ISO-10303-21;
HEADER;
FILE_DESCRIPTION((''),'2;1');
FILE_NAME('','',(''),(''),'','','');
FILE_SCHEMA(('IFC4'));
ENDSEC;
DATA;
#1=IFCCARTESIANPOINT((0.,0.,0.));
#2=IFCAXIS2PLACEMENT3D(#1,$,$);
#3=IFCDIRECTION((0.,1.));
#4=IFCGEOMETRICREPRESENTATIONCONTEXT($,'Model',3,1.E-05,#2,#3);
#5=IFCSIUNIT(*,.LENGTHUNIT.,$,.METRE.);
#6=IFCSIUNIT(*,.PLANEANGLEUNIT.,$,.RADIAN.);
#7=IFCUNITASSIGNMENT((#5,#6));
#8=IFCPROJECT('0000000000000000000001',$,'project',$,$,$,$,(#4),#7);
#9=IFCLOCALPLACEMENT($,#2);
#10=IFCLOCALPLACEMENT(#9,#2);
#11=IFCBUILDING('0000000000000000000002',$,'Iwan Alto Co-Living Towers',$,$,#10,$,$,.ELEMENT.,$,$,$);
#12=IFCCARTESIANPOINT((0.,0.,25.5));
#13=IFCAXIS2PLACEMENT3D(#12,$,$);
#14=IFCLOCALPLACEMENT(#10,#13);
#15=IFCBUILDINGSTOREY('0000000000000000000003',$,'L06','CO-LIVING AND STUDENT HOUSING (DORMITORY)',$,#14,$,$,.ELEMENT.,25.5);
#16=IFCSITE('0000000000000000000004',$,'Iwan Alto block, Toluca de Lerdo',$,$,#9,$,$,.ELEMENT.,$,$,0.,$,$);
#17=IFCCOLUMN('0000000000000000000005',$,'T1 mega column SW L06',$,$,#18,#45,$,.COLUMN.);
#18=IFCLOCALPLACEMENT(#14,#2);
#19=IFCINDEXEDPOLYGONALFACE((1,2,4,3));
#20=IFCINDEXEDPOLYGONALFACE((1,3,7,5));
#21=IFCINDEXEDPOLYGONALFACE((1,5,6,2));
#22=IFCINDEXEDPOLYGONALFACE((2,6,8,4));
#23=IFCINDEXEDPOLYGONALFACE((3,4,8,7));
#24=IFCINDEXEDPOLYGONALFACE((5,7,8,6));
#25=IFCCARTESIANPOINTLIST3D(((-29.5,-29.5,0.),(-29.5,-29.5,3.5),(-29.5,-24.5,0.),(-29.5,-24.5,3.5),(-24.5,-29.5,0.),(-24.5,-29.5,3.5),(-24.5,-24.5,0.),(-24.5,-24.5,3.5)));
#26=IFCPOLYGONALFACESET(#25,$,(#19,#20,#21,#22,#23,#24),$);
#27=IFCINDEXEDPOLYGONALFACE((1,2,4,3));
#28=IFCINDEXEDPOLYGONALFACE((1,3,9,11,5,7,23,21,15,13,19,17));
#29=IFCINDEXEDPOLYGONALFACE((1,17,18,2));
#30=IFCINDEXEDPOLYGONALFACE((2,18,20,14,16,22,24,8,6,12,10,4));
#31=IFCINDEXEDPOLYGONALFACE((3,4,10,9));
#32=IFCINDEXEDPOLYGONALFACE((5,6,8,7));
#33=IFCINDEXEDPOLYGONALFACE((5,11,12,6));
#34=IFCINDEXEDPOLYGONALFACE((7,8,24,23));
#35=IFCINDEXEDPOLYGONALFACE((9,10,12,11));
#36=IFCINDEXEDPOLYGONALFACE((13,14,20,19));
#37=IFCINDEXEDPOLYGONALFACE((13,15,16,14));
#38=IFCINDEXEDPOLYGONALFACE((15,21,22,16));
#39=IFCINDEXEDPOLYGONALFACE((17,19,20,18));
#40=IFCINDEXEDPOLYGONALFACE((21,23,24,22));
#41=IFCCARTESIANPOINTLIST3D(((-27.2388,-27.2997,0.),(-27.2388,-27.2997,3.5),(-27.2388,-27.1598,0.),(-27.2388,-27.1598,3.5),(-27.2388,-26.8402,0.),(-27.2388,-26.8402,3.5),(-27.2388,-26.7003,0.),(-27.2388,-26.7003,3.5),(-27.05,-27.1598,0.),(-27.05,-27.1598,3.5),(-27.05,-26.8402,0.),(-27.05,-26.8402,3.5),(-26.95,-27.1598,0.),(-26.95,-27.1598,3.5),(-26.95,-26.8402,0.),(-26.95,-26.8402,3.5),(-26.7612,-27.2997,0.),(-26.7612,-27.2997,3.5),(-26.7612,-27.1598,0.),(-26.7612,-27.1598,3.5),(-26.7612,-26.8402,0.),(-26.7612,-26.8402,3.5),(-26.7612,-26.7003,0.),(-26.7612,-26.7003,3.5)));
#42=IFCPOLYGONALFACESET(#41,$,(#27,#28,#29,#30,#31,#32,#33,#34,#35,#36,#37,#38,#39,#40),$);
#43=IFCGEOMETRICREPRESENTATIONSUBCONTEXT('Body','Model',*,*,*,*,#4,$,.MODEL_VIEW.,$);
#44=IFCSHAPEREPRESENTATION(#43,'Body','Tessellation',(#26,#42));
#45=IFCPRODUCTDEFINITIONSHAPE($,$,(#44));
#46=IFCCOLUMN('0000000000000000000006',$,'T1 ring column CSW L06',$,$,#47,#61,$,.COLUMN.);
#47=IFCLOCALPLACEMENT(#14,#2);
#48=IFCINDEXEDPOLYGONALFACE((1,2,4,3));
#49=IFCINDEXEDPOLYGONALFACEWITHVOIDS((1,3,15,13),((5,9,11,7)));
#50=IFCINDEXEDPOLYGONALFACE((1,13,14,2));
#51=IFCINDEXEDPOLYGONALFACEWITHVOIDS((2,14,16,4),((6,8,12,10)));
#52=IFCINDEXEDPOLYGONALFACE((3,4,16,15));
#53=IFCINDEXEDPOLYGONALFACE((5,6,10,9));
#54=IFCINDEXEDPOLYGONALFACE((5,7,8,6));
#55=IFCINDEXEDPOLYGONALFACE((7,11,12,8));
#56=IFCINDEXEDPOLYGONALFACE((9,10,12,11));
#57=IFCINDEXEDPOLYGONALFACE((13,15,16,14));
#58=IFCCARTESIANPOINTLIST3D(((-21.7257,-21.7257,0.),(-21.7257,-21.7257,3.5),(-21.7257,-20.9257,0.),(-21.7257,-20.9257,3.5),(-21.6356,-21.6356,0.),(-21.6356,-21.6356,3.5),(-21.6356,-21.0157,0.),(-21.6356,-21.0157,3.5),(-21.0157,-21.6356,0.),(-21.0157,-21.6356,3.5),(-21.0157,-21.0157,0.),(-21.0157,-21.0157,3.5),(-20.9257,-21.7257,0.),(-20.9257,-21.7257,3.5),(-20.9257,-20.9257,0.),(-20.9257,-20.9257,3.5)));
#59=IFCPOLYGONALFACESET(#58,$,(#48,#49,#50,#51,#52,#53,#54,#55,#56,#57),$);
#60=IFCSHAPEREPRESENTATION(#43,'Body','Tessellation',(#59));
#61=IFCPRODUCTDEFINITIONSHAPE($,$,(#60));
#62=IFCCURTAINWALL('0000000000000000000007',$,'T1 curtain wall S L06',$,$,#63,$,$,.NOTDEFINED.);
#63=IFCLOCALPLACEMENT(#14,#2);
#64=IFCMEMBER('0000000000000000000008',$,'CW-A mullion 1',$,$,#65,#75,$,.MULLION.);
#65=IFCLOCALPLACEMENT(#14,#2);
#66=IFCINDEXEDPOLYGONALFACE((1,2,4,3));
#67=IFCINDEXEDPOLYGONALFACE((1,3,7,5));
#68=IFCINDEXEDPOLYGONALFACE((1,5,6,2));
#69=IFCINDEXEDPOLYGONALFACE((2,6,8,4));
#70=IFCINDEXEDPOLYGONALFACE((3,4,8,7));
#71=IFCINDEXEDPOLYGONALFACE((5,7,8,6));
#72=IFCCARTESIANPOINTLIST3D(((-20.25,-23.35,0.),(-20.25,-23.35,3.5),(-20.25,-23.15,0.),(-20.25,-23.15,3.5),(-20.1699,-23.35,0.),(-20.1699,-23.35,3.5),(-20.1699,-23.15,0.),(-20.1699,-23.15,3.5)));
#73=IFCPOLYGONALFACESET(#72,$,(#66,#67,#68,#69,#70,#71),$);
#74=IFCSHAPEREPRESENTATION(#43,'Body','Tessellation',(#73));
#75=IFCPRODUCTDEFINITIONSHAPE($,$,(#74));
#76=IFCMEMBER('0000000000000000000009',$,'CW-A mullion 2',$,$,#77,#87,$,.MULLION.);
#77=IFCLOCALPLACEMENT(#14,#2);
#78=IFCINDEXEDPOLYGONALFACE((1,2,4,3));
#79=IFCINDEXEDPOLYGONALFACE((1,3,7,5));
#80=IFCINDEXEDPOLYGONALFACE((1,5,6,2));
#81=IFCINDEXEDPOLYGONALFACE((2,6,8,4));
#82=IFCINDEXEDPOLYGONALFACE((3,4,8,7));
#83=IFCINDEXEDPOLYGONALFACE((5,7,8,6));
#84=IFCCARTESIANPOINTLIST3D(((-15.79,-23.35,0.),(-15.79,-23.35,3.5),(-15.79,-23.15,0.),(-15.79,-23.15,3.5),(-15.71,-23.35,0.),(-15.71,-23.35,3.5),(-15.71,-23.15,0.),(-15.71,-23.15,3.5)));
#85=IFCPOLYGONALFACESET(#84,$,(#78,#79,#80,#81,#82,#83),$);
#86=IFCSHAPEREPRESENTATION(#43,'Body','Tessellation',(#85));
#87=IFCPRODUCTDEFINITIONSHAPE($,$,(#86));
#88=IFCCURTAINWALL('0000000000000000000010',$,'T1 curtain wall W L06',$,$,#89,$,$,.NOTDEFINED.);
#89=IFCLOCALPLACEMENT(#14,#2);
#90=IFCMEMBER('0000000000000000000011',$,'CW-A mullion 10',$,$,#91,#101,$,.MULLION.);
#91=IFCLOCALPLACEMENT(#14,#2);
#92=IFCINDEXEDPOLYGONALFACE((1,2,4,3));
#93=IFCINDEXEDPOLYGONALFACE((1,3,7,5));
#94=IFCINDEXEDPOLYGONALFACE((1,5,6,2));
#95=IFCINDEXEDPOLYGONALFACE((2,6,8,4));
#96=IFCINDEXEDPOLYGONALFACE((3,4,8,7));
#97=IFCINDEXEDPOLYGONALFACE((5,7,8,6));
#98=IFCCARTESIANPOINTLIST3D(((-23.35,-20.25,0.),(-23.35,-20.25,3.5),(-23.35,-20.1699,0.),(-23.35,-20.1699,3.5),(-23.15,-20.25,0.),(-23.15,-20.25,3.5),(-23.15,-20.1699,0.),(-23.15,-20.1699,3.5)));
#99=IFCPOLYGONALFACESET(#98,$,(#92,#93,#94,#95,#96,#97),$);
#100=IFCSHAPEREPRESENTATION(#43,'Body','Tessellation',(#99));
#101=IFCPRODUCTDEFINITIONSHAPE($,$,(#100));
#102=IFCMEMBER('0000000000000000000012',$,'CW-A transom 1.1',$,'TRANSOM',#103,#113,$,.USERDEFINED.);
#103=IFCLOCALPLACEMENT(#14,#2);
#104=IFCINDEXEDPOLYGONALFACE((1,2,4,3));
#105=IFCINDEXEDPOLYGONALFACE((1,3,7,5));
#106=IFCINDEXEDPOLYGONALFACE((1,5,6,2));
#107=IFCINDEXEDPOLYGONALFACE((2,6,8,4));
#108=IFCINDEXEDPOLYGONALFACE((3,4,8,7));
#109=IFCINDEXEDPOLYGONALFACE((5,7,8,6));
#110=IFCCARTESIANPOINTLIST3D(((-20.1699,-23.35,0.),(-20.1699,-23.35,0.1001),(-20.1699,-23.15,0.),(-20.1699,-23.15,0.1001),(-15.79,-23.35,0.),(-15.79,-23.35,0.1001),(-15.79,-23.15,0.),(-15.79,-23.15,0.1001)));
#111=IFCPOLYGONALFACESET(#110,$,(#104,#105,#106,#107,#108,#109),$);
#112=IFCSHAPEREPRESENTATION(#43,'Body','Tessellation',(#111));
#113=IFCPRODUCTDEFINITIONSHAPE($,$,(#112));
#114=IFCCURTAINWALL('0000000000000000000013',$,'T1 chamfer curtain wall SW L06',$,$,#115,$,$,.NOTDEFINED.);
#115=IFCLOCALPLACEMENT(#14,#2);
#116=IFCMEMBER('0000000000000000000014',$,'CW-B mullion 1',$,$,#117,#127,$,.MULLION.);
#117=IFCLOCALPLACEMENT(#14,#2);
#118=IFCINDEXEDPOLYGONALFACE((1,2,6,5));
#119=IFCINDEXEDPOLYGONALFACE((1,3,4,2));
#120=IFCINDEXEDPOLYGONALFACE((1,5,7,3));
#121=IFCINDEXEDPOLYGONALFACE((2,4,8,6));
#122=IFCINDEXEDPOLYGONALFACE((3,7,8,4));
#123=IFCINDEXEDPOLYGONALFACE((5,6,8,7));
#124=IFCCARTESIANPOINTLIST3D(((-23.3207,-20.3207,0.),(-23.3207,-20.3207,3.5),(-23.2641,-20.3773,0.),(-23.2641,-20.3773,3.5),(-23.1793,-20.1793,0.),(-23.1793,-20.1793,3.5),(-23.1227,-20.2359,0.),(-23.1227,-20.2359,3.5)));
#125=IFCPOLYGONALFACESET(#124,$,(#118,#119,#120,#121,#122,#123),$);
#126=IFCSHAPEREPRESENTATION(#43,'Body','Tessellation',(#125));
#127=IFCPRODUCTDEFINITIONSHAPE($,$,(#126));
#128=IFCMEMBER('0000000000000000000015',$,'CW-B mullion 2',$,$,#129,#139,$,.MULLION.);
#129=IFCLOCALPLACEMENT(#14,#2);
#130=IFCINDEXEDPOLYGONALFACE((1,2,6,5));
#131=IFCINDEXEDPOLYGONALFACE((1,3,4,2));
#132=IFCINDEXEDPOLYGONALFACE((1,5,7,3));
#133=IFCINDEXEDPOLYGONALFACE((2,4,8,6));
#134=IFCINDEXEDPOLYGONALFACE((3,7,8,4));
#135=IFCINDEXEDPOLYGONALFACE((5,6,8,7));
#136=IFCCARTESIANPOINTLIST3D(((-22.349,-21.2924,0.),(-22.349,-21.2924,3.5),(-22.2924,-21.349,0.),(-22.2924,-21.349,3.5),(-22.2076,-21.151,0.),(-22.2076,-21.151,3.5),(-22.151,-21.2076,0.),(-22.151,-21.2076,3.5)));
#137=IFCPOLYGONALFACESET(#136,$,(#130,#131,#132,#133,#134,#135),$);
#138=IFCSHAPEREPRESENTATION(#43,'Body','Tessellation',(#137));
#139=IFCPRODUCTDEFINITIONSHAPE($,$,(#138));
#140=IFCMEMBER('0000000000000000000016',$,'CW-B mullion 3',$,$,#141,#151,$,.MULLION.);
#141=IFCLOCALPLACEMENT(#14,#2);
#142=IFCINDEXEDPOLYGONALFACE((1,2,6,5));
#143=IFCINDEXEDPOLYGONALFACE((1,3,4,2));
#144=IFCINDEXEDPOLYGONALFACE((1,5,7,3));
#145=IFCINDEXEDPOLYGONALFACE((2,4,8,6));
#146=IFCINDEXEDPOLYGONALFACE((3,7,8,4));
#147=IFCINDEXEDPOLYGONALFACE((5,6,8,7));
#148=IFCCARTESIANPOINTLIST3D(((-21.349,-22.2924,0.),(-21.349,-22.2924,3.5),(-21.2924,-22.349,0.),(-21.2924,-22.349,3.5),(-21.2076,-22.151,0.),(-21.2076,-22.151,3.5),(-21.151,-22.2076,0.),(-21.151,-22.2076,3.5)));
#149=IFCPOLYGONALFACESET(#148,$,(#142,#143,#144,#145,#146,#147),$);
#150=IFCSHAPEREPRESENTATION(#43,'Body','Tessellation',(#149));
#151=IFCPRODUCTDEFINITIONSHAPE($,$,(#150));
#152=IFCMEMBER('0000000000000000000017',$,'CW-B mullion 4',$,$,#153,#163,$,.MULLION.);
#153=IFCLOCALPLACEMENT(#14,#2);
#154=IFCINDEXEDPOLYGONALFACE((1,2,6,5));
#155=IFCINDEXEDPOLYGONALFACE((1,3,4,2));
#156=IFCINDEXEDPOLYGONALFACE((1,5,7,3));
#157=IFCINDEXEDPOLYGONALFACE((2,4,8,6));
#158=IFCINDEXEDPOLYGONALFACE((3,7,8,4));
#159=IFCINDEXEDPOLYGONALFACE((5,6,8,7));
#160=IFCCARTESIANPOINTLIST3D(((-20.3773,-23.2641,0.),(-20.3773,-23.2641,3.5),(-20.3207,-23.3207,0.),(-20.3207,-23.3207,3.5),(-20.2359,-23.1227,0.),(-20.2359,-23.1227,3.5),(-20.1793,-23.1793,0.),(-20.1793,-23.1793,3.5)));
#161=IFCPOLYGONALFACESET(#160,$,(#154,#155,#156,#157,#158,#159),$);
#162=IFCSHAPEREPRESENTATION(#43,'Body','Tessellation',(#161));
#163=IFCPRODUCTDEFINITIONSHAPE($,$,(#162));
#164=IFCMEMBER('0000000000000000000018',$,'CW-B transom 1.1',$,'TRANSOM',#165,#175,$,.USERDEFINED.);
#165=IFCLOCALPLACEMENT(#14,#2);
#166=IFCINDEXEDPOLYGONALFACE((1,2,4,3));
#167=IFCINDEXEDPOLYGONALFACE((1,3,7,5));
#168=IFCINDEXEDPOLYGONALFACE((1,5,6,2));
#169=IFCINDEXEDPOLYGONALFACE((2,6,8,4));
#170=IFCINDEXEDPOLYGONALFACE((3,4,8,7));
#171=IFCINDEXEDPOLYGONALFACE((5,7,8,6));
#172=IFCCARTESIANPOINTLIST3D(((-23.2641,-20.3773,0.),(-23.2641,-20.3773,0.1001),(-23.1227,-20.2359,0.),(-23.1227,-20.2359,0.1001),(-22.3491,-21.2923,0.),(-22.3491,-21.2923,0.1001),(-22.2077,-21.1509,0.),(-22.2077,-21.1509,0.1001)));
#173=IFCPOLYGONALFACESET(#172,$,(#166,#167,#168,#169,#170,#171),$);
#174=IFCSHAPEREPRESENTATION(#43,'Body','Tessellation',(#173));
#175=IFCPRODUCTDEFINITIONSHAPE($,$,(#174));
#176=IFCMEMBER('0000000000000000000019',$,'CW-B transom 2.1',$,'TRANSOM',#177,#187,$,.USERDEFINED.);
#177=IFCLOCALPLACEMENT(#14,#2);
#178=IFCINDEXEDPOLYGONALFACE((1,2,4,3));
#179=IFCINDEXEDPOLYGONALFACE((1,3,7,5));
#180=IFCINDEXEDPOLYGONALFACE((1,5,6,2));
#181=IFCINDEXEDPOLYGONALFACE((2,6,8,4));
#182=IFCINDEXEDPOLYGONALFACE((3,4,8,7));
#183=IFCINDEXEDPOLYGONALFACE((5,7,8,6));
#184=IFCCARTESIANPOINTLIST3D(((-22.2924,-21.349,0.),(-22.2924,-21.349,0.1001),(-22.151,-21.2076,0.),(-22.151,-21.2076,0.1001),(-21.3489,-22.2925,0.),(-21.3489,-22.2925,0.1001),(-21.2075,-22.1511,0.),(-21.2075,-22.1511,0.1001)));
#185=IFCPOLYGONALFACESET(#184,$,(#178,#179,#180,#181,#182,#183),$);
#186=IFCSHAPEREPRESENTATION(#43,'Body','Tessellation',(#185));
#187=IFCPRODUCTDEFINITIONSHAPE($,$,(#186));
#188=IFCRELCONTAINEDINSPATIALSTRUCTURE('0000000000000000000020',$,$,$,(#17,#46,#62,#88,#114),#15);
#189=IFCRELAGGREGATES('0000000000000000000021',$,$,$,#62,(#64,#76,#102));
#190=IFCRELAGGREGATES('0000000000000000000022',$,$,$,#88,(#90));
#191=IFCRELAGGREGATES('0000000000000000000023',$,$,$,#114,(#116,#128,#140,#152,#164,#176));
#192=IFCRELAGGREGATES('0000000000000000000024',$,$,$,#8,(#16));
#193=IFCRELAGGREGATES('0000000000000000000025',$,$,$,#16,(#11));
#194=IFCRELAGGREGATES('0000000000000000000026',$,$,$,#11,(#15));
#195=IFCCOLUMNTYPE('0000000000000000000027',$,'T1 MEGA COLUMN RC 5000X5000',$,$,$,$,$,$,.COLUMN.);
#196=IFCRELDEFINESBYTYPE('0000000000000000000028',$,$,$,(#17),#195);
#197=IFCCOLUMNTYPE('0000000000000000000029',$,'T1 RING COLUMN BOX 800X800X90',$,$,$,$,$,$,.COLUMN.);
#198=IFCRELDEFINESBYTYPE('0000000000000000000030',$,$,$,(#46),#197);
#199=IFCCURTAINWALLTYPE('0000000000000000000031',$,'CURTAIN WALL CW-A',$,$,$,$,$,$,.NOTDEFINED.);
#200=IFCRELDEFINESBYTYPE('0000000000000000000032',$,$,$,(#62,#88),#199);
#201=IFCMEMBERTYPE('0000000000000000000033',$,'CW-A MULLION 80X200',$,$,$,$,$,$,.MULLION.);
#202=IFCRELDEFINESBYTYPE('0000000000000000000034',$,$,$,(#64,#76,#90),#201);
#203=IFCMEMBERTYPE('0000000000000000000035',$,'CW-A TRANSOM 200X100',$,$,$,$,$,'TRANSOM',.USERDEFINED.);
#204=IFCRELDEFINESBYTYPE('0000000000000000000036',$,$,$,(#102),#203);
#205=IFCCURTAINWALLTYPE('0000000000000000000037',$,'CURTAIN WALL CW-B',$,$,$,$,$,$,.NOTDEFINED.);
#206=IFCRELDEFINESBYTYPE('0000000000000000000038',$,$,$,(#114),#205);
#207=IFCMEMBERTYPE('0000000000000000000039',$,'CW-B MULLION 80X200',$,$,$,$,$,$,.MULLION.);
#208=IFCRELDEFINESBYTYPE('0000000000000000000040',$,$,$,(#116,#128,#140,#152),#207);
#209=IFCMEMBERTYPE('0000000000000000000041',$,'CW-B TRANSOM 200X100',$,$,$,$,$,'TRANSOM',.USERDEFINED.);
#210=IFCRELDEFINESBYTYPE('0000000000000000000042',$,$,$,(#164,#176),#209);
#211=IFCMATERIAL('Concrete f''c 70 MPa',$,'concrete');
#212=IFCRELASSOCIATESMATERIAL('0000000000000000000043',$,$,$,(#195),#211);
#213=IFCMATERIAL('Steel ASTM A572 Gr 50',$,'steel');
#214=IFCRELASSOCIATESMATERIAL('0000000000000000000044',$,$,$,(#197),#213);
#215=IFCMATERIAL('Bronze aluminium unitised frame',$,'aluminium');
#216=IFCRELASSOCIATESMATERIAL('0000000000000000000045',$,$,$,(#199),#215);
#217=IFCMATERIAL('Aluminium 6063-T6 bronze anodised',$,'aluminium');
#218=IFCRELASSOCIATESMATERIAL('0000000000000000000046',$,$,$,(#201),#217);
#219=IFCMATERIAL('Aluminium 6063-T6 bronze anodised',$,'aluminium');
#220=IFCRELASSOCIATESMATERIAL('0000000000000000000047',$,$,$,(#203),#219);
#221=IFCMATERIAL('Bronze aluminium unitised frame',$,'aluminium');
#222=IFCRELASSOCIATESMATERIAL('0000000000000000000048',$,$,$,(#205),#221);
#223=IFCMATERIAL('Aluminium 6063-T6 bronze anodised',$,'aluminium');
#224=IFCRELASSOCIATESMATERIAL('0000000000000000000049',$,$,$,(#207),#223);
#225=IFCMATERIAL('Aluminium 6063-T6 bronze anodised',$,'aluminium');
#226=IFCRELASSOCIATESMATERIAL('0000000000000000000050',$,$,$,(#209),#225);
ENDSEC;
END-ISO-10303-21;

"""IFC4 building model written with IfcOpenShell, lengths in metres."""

from ifc_helpers import new_model, si_unit, direction, frame, origin, origin_2d, place, context, subcontext, project, spatial, rectangle, hollow_rectangle, i_section, extrude, material, material_profile, profile_set, type_object, element, aggregate, save


model = new_model("IFC4")

# Units and contexts
model_context = context("Model", 3, precision=1e-05, world=origin(), true_north=direction((0.0, 1.0)))
body_context = subcontext(model_context, "Body", "Model", "MODEL_VIEW")
ifc_project = project(units=[si_unit("LENGTHUNIT", "METRE"), si_unit("PLANEANGLEUNIT", "RADIAN")], contexts=[model_context])

# Site, building, storey
site_placement = place(None, origin())
site = spatial("IfcSite", under=ifc_project, at=site_placement, Name="Iwan Alto block, Toluca de Lerdo", CompositionType="ELEMENT", RefElevation=0.0)
building_placement = place(site_placement, origin())
building = spatial("IfcBuilding", under=site, at=building_placement, Name="Iwan Alto Co-Living Towers", CompositionType="ELEMENT")
storey_placement = place(building_placement, frame((0.0, 0.0, 25.5)))
storey = spatial("IfcBuildingStorey", under=building, at=storey_placement, Name="L06", Description="CO-LIVING AND STUDENT HOUSING (DORMITORY)", CompositionType="ELEMENT", Elevation=25.5)

# Columns
ifc_material_1 = material(Name="Concrete f'c 70 MPa", Category="concrete")
ifc_material_profile_1 = material_profile(ifc_material_1, rectangle(XDim=5.0, YDim=5.0, at=origin_2d()), Name="RC 5000X5000")
ifc_profile_set_1 = profile_set([ifc_material_profile_1], Name="Concrete f'c 70 MPa")
column_type_1 = type_object("IfcColumnType", Name="T1 MEGA COLUMN RC 5000X5000", PredefinedType="COLUMN", material=ifc_profile_set_1)
column_1_placement = place(storey_placement, frame((-27.0, -27.0, 0.0), z_axis=(0.0, 0.0, 1.0), x_axis=(1.0, 0.0, 0.0)))
element("IfcColumn", 1, at=column_1_placement, inside=storey, type_object=column_type_1, Name="T1 mega column SW L06", PredefinedType="COLUMN", context=body_context, shape_type="SweptSolid", body=[
    extrude(rectangle(XDim=5.0, YDim=5.0, at=origin_2d()), origin(), (0.0, 0.0, 1.0), 3.5),
    extrude(i_section(OverallWidth=0.4775, OverallDepth=0.5994, WebThickness=0.1001, FlangeThickness=0.1399, at=origin_2d()), origin(), (0.0, 0.0, 1.0), 3.5),
])
ifc_material_2 = material(Name="Steel ASTM A572 Gr 50", Category="steel")
ifc_material_profile_2 = material_profile(ifc_material_2, hollow_rectangle(XDim=0.8, YDim=0.8, WallThickness=0.0901, at=origin_2d()), Name="BOX 800X800X90")
ifc_profile_set_2 = profile_set([ifc_material_profile_2], Name="Steel ASTM A572 Gr 50")
column_type_2 = type_object("IfcColumnType", Name="T1 RING COLUMN BOX 800X800X90", PredefinedType="COLUMN", material=ifc_profile_set_2)
column_2_placement = place(storey_placement, frame((-21.3257, -21.3257, 0.0), z_axis=(0.0, 0.0, 1.0), x_axis=(1.0, 0.0, 0.0)))
element("IfcColumn", 2, at=column_2_placement, inside=storey, type_object=column_type_2, Name="T1 ring column CSW L06", PredefinedType="COLUMN", context=body_context, shape_type="SweptSolid", body=[
    extrude(hollow_rectangle(XDim=0.8, YDim=0.8, WallThickness=0.0901, at=origin_2d()), origin(), (0.0, 0.0, 1.0), 3.5),
])

# Curtain wall, members
ifc_material_3 = material(Name="Bronze aluminium unitised frame", Category="aluminium")
curtain_wall_type_1 = type_object("IfcCurtainWallType", Name="CURTAIN WALL CW-A", PredefinedType="NOTDEFINED", material=ifc_material_3)
curtain_wall_1_placement = place(storey_placement, origin())
curtain_wall_1 = element("IfcCurtainWall", 3, at=curtain_wall_1_placement, inside=storey, type_object=curtain_wall_type_1, Name="T1 curtain wall S L06", PredefinedType="NOTDEFINED")
ifc_material_4 = material(Name="Aluminium 6063-T6 bronze anodised", Category="aluminium")
ifc_material_profile_3 = material_profile(ifc_material_4, rectangle(XDim=0.2, YDim=0.0801, at=origin_2d()), Name="AL 80X200")
ifc_profile_set_3 = profile_set([ifc_material_profile_3], Name="Aluminium 6063-T6 bronze anodised")
member_type_1 = type_object("IfcMemberType", Name="CW-A MULLION 80X200", PredefinedType="MULLION", material=ifc_profile_set_3)
member_1_placement = place(storey_placement, frame((-20.21, -23.25, 0.0), z_axis=(0.0, 0.0, 1.0), x_axis=(0.0, 1.0, 0.0)))
member_1 = element("IfcMember", 4, at=member_1_placement, type_object=member_type_1, Name="CW-A mullion 1", PredefinedType="MULLION", context=body_context, shape_type="SweptSolid", body=[
    extrude(rectangle(XDim=0.2, YDim=0.0801, at=origin_2d()), origin(), (0.0, 0.0, 1.0), 3.5),
])
member_2_placement = place(storey_placement, frame((-15.75, -23.25, 0.0), z_axis=(0.0, 0.0, 1.0), x_axis=(0.0, 1.0, 0.0)))
member_2 = element("IfcMember", 5, at=member_2_placement, type_object=member_type_1, Name="CW-A mullion 2", PredefinedType="MULLION", context=body_context, shape_type="SweptSolid", body=[
    extrude(rectangle(XDim=0.2, YDim=0.0801, at=origin_2d()), origin(), (0.0, 0.0, 1.0), 3.5),
])

# Curtain wall, member
curtain_wall_2_placement = place(storey_placement, origin())
curtain_wall_2 = element("IfcCurtainWall", 6, at=curtain_wall_2_placement, inside=storey, type_object=curtain_wall_type_1, Name="T1 curtain wall W L06", PredefinedType="NOTDEFINED")
member_3_placement = place(storey_placement, frame((-23.25, -20.21, 0.0), z_axis=(0.0, 0.0, 1.0), x_axis=(1.0, 0.0, 0.0)))
member_3 = element("IfcMember", 7, at=member_3_placement, type_object=member_type_1, Name="CW-A mullion 10", PredefinedType="MULLION", context=body_context, shape_type="SweptSolid", body=[
    extrude(rectangle(XDim=0.2, YDim=0.0801, at=origin_2d()), origin(), (0.0, 0.0, 1.0), 3.5),
])

# Member
ifc_material_5 = material(Name="Aluminium 6063-T6 bronze anodised", Category="aluminium")
ifc_material_profile_4 = material_profile(ifc_material_5, rectangle(XDim=0.2, YDim=0.1001, at=origin_2d()), Name="AL 200X100")
ifc_profile_set_4 = profile_set([ifc_material_profile_4], Name="Aluminium 6063-T6 bronze anodised")
member_type_2 = type_object("IfcMemberType", Name="CW-A TRANSOM 200X100", ElementType="TRANSOM", PredefinedType="USERDEFINED", material=ifc_profile_set_4)
member_4_placement = place(storey_placement, frame((-20.1699, -23.25, 0.05), z_axis=(1.0, 0.0, 0.0), x_axis=(0.0, 1.0, 0.0)))
member_4 = element("IfcMember", 8, at=member_4_placement, type_object=member_type_2, Name="CW-A transom 1.1", ObjectType="TRANSOM", PredefinedType="USERDEFINED", context=body_context, shape_type="SweptSolid", body=[
    extrude(rectangle(XDim=0.2, YDim=0.1001, at=origin_2d()), origin(), (0.0, 0.0, 1.0), 4.3799),
])

# Curtain wall, members
ifc_material_6 = material(Name="Bronze aluminium unitised frame", Category="aluminium")
curtain_wall_type_2 = type_object("IfcCurtainWallType", Name="CURTAIN WALL CW-B", PredefinedType="NOTDEFINED", material=ifc_material_6)
curtain_wall_3_placement = place(storey_placement, origin())
curtain_wall_3 = element("IfcCurtainWall", 9, at=curtain_wall_3_placement, inside=storey, type_object=curtain_wall_type_2, Name="T1 chamfer curtain wall SW L06", PredefinedType="NOTDEFINED")
ifc_material_7 = material(Name="Aluminium 6063-T6 bronze anodised", Category="aluminium")
ifc_material_profile_5 = material_profile(ifc_material_7, rectangle(XDim=0.2, YDim=0.0801, at=origin_2d()), Name="AL 80X200")
ifc_profile_set_5 = profile_set([ifc_material_profile_5], Name="Aluminium 6063-T6 bronze anodised")
member_type_3 = type_object("IfcMemberType", Name="CW-B MULLION 80X200", PredefinedType="MULLION", material=ifc_profile_set_5)
member_5_placement = place(storey_placement, frame((-23.2217, -20.2783, 0.0), z_axis=(0.0, 0.0, 1.0), x_axis=(0.707107, 0.707107, 0.0)))
member_5 = element("IfcMember", 10, at=member_5_placement, type_object=member_type_3, Name="CW-B mullion 1", PredefinedType="MULLION", context=body_context, shape_type="SweptSolid", body=[
    extrude(rectangle(XDim=0.2, YDim=0.0801, at=origin_2d()), origin(), (0.0, 0.0, 1.0), 3.5),
])
member_6_placement = place(storey_placement, frame((-22.25, -21.25, 0.0), z_axis=(0.0, 0.0, 1.0), x_axis=(0.707107, 0.707107, 0.0)))
member_6 = element("IfcMember", 11, at=member_6_placement, type_object=member_type_3, Name="CW-B mullion 2", PredefinedType="MULLION", context=body_context, shape_type="SweptSolid", body=[
    extrude(rectangle(XDim=0.2, YDim=0.0801, at=origin_2d()), origin(), (0.0, 0.0, 1.0), 3.5),
])
member_7_placement = place(storey_placement, frame((-21.25, -22.25, 0.0), z_axis=(0.0, 0.0, 1.0), x_axis=(0.707107, 0.707107, 0.0)))
member_7 = element("IfcMember", 12, at=member_7_placement, type_object=member_type_3, Name="CW-B mullion 3", PredefinedType="MULLION", context=body_context, shape_type="SweptSolid", body=[
    extrude(rectangle(XDim=0.2, YDim=0.0801, at=origin_2d()), origin(), (0.0, 0.0, 1.0), 3.5),
])
member_8_placement = place(storey_placement, frame((-20.2783, -23.2217, 0.0), z_axis=(0.0, 0.0, 1.0), x_axis=(0.707107, 0.707107, 0.0)))
member_8 = element("IfcMember", 13, at=member_8_placement, type_object=member_type_3, Name="CW-B mullion 4", PredefinedType="MULLION", context=body_context, shape_type="SweptSolid", body=[
    extrude(rectangle(XDim=0.2, YDim=0.0801, at=origin_2d()), origin(), (0.0, 0.0, 1.0), 3.5),
])
ifc_material_8 = material(Name="Aluminium 6063-T6 bronze anodised", Category="aluminium")
ifc_material_profile_6 = material_profile(ifc_material_8, rectangle(XDim=0.2, YDim=0.1001, at=origin_2d()), Name="AL 200X100")
ifc_profile_set_6 = profile_set([ifc_material_profile_6], Name="Aluminium 6063-T6 bronze anodised")
member_type_4 = type_object("IfcMemberType", Name="CW-B TRANSOM 200X100", ElementType="TRANSOM", PredefinedType="USERDEFINED", material=ifc_profile_set_6)
member_9_placement = place(storey_placement, frame((-23.1934, -20.3066, 0.05), z_axis=(0.707107, -0.707107, 0.0), x_axis=(0.707107, 0.707107, 0.0)))
member_9 = element("IfcMember", 14, at=member_9_placement, type_object=member_type_4, Name="CW-B transom 1.1", ObjectType="TRANSOM", PredefinedType="USERDEFINED", context=body_context, shape_type="SweptSolid", body=[
    extrude(rectangle(XDim=0.2, YDim=0.1001, at=origin_2d()), origin(), (0.0, 0.0, 1.0), 1.2939),
])
member_10_placement = place(storey_placement, frame((-22.2217, -21.2783, 0.05), z_axis=(0.707107, -0.707107, 0.0), x_axis=(0.707107, 0.707107, 0.0)))
member_10 = element("IfcMember", 15, at=member_10_placement, type_object=member_type_4, Name="CW-B transom 2.1", ObjectType="TRANSOM", PredefinedType="USERDEFINED", context=body_context, shape_type="SweptSolid", body=[
    extrude(rectangle(XDim=0.2, YDim=0.1001, at=origin_2d()), origin(), (0.0, 0.0, 1.0), 1.3342),
])

aggregate(curtain_wall_1, [member_1, member_2, member_4])
aggregate(curtain_wall_2, [member_3])
aggregate(curtain_wall_3, [member_5, member_6, member_7, member_8, member_9, member_10])

save(model, "model.ifc")
